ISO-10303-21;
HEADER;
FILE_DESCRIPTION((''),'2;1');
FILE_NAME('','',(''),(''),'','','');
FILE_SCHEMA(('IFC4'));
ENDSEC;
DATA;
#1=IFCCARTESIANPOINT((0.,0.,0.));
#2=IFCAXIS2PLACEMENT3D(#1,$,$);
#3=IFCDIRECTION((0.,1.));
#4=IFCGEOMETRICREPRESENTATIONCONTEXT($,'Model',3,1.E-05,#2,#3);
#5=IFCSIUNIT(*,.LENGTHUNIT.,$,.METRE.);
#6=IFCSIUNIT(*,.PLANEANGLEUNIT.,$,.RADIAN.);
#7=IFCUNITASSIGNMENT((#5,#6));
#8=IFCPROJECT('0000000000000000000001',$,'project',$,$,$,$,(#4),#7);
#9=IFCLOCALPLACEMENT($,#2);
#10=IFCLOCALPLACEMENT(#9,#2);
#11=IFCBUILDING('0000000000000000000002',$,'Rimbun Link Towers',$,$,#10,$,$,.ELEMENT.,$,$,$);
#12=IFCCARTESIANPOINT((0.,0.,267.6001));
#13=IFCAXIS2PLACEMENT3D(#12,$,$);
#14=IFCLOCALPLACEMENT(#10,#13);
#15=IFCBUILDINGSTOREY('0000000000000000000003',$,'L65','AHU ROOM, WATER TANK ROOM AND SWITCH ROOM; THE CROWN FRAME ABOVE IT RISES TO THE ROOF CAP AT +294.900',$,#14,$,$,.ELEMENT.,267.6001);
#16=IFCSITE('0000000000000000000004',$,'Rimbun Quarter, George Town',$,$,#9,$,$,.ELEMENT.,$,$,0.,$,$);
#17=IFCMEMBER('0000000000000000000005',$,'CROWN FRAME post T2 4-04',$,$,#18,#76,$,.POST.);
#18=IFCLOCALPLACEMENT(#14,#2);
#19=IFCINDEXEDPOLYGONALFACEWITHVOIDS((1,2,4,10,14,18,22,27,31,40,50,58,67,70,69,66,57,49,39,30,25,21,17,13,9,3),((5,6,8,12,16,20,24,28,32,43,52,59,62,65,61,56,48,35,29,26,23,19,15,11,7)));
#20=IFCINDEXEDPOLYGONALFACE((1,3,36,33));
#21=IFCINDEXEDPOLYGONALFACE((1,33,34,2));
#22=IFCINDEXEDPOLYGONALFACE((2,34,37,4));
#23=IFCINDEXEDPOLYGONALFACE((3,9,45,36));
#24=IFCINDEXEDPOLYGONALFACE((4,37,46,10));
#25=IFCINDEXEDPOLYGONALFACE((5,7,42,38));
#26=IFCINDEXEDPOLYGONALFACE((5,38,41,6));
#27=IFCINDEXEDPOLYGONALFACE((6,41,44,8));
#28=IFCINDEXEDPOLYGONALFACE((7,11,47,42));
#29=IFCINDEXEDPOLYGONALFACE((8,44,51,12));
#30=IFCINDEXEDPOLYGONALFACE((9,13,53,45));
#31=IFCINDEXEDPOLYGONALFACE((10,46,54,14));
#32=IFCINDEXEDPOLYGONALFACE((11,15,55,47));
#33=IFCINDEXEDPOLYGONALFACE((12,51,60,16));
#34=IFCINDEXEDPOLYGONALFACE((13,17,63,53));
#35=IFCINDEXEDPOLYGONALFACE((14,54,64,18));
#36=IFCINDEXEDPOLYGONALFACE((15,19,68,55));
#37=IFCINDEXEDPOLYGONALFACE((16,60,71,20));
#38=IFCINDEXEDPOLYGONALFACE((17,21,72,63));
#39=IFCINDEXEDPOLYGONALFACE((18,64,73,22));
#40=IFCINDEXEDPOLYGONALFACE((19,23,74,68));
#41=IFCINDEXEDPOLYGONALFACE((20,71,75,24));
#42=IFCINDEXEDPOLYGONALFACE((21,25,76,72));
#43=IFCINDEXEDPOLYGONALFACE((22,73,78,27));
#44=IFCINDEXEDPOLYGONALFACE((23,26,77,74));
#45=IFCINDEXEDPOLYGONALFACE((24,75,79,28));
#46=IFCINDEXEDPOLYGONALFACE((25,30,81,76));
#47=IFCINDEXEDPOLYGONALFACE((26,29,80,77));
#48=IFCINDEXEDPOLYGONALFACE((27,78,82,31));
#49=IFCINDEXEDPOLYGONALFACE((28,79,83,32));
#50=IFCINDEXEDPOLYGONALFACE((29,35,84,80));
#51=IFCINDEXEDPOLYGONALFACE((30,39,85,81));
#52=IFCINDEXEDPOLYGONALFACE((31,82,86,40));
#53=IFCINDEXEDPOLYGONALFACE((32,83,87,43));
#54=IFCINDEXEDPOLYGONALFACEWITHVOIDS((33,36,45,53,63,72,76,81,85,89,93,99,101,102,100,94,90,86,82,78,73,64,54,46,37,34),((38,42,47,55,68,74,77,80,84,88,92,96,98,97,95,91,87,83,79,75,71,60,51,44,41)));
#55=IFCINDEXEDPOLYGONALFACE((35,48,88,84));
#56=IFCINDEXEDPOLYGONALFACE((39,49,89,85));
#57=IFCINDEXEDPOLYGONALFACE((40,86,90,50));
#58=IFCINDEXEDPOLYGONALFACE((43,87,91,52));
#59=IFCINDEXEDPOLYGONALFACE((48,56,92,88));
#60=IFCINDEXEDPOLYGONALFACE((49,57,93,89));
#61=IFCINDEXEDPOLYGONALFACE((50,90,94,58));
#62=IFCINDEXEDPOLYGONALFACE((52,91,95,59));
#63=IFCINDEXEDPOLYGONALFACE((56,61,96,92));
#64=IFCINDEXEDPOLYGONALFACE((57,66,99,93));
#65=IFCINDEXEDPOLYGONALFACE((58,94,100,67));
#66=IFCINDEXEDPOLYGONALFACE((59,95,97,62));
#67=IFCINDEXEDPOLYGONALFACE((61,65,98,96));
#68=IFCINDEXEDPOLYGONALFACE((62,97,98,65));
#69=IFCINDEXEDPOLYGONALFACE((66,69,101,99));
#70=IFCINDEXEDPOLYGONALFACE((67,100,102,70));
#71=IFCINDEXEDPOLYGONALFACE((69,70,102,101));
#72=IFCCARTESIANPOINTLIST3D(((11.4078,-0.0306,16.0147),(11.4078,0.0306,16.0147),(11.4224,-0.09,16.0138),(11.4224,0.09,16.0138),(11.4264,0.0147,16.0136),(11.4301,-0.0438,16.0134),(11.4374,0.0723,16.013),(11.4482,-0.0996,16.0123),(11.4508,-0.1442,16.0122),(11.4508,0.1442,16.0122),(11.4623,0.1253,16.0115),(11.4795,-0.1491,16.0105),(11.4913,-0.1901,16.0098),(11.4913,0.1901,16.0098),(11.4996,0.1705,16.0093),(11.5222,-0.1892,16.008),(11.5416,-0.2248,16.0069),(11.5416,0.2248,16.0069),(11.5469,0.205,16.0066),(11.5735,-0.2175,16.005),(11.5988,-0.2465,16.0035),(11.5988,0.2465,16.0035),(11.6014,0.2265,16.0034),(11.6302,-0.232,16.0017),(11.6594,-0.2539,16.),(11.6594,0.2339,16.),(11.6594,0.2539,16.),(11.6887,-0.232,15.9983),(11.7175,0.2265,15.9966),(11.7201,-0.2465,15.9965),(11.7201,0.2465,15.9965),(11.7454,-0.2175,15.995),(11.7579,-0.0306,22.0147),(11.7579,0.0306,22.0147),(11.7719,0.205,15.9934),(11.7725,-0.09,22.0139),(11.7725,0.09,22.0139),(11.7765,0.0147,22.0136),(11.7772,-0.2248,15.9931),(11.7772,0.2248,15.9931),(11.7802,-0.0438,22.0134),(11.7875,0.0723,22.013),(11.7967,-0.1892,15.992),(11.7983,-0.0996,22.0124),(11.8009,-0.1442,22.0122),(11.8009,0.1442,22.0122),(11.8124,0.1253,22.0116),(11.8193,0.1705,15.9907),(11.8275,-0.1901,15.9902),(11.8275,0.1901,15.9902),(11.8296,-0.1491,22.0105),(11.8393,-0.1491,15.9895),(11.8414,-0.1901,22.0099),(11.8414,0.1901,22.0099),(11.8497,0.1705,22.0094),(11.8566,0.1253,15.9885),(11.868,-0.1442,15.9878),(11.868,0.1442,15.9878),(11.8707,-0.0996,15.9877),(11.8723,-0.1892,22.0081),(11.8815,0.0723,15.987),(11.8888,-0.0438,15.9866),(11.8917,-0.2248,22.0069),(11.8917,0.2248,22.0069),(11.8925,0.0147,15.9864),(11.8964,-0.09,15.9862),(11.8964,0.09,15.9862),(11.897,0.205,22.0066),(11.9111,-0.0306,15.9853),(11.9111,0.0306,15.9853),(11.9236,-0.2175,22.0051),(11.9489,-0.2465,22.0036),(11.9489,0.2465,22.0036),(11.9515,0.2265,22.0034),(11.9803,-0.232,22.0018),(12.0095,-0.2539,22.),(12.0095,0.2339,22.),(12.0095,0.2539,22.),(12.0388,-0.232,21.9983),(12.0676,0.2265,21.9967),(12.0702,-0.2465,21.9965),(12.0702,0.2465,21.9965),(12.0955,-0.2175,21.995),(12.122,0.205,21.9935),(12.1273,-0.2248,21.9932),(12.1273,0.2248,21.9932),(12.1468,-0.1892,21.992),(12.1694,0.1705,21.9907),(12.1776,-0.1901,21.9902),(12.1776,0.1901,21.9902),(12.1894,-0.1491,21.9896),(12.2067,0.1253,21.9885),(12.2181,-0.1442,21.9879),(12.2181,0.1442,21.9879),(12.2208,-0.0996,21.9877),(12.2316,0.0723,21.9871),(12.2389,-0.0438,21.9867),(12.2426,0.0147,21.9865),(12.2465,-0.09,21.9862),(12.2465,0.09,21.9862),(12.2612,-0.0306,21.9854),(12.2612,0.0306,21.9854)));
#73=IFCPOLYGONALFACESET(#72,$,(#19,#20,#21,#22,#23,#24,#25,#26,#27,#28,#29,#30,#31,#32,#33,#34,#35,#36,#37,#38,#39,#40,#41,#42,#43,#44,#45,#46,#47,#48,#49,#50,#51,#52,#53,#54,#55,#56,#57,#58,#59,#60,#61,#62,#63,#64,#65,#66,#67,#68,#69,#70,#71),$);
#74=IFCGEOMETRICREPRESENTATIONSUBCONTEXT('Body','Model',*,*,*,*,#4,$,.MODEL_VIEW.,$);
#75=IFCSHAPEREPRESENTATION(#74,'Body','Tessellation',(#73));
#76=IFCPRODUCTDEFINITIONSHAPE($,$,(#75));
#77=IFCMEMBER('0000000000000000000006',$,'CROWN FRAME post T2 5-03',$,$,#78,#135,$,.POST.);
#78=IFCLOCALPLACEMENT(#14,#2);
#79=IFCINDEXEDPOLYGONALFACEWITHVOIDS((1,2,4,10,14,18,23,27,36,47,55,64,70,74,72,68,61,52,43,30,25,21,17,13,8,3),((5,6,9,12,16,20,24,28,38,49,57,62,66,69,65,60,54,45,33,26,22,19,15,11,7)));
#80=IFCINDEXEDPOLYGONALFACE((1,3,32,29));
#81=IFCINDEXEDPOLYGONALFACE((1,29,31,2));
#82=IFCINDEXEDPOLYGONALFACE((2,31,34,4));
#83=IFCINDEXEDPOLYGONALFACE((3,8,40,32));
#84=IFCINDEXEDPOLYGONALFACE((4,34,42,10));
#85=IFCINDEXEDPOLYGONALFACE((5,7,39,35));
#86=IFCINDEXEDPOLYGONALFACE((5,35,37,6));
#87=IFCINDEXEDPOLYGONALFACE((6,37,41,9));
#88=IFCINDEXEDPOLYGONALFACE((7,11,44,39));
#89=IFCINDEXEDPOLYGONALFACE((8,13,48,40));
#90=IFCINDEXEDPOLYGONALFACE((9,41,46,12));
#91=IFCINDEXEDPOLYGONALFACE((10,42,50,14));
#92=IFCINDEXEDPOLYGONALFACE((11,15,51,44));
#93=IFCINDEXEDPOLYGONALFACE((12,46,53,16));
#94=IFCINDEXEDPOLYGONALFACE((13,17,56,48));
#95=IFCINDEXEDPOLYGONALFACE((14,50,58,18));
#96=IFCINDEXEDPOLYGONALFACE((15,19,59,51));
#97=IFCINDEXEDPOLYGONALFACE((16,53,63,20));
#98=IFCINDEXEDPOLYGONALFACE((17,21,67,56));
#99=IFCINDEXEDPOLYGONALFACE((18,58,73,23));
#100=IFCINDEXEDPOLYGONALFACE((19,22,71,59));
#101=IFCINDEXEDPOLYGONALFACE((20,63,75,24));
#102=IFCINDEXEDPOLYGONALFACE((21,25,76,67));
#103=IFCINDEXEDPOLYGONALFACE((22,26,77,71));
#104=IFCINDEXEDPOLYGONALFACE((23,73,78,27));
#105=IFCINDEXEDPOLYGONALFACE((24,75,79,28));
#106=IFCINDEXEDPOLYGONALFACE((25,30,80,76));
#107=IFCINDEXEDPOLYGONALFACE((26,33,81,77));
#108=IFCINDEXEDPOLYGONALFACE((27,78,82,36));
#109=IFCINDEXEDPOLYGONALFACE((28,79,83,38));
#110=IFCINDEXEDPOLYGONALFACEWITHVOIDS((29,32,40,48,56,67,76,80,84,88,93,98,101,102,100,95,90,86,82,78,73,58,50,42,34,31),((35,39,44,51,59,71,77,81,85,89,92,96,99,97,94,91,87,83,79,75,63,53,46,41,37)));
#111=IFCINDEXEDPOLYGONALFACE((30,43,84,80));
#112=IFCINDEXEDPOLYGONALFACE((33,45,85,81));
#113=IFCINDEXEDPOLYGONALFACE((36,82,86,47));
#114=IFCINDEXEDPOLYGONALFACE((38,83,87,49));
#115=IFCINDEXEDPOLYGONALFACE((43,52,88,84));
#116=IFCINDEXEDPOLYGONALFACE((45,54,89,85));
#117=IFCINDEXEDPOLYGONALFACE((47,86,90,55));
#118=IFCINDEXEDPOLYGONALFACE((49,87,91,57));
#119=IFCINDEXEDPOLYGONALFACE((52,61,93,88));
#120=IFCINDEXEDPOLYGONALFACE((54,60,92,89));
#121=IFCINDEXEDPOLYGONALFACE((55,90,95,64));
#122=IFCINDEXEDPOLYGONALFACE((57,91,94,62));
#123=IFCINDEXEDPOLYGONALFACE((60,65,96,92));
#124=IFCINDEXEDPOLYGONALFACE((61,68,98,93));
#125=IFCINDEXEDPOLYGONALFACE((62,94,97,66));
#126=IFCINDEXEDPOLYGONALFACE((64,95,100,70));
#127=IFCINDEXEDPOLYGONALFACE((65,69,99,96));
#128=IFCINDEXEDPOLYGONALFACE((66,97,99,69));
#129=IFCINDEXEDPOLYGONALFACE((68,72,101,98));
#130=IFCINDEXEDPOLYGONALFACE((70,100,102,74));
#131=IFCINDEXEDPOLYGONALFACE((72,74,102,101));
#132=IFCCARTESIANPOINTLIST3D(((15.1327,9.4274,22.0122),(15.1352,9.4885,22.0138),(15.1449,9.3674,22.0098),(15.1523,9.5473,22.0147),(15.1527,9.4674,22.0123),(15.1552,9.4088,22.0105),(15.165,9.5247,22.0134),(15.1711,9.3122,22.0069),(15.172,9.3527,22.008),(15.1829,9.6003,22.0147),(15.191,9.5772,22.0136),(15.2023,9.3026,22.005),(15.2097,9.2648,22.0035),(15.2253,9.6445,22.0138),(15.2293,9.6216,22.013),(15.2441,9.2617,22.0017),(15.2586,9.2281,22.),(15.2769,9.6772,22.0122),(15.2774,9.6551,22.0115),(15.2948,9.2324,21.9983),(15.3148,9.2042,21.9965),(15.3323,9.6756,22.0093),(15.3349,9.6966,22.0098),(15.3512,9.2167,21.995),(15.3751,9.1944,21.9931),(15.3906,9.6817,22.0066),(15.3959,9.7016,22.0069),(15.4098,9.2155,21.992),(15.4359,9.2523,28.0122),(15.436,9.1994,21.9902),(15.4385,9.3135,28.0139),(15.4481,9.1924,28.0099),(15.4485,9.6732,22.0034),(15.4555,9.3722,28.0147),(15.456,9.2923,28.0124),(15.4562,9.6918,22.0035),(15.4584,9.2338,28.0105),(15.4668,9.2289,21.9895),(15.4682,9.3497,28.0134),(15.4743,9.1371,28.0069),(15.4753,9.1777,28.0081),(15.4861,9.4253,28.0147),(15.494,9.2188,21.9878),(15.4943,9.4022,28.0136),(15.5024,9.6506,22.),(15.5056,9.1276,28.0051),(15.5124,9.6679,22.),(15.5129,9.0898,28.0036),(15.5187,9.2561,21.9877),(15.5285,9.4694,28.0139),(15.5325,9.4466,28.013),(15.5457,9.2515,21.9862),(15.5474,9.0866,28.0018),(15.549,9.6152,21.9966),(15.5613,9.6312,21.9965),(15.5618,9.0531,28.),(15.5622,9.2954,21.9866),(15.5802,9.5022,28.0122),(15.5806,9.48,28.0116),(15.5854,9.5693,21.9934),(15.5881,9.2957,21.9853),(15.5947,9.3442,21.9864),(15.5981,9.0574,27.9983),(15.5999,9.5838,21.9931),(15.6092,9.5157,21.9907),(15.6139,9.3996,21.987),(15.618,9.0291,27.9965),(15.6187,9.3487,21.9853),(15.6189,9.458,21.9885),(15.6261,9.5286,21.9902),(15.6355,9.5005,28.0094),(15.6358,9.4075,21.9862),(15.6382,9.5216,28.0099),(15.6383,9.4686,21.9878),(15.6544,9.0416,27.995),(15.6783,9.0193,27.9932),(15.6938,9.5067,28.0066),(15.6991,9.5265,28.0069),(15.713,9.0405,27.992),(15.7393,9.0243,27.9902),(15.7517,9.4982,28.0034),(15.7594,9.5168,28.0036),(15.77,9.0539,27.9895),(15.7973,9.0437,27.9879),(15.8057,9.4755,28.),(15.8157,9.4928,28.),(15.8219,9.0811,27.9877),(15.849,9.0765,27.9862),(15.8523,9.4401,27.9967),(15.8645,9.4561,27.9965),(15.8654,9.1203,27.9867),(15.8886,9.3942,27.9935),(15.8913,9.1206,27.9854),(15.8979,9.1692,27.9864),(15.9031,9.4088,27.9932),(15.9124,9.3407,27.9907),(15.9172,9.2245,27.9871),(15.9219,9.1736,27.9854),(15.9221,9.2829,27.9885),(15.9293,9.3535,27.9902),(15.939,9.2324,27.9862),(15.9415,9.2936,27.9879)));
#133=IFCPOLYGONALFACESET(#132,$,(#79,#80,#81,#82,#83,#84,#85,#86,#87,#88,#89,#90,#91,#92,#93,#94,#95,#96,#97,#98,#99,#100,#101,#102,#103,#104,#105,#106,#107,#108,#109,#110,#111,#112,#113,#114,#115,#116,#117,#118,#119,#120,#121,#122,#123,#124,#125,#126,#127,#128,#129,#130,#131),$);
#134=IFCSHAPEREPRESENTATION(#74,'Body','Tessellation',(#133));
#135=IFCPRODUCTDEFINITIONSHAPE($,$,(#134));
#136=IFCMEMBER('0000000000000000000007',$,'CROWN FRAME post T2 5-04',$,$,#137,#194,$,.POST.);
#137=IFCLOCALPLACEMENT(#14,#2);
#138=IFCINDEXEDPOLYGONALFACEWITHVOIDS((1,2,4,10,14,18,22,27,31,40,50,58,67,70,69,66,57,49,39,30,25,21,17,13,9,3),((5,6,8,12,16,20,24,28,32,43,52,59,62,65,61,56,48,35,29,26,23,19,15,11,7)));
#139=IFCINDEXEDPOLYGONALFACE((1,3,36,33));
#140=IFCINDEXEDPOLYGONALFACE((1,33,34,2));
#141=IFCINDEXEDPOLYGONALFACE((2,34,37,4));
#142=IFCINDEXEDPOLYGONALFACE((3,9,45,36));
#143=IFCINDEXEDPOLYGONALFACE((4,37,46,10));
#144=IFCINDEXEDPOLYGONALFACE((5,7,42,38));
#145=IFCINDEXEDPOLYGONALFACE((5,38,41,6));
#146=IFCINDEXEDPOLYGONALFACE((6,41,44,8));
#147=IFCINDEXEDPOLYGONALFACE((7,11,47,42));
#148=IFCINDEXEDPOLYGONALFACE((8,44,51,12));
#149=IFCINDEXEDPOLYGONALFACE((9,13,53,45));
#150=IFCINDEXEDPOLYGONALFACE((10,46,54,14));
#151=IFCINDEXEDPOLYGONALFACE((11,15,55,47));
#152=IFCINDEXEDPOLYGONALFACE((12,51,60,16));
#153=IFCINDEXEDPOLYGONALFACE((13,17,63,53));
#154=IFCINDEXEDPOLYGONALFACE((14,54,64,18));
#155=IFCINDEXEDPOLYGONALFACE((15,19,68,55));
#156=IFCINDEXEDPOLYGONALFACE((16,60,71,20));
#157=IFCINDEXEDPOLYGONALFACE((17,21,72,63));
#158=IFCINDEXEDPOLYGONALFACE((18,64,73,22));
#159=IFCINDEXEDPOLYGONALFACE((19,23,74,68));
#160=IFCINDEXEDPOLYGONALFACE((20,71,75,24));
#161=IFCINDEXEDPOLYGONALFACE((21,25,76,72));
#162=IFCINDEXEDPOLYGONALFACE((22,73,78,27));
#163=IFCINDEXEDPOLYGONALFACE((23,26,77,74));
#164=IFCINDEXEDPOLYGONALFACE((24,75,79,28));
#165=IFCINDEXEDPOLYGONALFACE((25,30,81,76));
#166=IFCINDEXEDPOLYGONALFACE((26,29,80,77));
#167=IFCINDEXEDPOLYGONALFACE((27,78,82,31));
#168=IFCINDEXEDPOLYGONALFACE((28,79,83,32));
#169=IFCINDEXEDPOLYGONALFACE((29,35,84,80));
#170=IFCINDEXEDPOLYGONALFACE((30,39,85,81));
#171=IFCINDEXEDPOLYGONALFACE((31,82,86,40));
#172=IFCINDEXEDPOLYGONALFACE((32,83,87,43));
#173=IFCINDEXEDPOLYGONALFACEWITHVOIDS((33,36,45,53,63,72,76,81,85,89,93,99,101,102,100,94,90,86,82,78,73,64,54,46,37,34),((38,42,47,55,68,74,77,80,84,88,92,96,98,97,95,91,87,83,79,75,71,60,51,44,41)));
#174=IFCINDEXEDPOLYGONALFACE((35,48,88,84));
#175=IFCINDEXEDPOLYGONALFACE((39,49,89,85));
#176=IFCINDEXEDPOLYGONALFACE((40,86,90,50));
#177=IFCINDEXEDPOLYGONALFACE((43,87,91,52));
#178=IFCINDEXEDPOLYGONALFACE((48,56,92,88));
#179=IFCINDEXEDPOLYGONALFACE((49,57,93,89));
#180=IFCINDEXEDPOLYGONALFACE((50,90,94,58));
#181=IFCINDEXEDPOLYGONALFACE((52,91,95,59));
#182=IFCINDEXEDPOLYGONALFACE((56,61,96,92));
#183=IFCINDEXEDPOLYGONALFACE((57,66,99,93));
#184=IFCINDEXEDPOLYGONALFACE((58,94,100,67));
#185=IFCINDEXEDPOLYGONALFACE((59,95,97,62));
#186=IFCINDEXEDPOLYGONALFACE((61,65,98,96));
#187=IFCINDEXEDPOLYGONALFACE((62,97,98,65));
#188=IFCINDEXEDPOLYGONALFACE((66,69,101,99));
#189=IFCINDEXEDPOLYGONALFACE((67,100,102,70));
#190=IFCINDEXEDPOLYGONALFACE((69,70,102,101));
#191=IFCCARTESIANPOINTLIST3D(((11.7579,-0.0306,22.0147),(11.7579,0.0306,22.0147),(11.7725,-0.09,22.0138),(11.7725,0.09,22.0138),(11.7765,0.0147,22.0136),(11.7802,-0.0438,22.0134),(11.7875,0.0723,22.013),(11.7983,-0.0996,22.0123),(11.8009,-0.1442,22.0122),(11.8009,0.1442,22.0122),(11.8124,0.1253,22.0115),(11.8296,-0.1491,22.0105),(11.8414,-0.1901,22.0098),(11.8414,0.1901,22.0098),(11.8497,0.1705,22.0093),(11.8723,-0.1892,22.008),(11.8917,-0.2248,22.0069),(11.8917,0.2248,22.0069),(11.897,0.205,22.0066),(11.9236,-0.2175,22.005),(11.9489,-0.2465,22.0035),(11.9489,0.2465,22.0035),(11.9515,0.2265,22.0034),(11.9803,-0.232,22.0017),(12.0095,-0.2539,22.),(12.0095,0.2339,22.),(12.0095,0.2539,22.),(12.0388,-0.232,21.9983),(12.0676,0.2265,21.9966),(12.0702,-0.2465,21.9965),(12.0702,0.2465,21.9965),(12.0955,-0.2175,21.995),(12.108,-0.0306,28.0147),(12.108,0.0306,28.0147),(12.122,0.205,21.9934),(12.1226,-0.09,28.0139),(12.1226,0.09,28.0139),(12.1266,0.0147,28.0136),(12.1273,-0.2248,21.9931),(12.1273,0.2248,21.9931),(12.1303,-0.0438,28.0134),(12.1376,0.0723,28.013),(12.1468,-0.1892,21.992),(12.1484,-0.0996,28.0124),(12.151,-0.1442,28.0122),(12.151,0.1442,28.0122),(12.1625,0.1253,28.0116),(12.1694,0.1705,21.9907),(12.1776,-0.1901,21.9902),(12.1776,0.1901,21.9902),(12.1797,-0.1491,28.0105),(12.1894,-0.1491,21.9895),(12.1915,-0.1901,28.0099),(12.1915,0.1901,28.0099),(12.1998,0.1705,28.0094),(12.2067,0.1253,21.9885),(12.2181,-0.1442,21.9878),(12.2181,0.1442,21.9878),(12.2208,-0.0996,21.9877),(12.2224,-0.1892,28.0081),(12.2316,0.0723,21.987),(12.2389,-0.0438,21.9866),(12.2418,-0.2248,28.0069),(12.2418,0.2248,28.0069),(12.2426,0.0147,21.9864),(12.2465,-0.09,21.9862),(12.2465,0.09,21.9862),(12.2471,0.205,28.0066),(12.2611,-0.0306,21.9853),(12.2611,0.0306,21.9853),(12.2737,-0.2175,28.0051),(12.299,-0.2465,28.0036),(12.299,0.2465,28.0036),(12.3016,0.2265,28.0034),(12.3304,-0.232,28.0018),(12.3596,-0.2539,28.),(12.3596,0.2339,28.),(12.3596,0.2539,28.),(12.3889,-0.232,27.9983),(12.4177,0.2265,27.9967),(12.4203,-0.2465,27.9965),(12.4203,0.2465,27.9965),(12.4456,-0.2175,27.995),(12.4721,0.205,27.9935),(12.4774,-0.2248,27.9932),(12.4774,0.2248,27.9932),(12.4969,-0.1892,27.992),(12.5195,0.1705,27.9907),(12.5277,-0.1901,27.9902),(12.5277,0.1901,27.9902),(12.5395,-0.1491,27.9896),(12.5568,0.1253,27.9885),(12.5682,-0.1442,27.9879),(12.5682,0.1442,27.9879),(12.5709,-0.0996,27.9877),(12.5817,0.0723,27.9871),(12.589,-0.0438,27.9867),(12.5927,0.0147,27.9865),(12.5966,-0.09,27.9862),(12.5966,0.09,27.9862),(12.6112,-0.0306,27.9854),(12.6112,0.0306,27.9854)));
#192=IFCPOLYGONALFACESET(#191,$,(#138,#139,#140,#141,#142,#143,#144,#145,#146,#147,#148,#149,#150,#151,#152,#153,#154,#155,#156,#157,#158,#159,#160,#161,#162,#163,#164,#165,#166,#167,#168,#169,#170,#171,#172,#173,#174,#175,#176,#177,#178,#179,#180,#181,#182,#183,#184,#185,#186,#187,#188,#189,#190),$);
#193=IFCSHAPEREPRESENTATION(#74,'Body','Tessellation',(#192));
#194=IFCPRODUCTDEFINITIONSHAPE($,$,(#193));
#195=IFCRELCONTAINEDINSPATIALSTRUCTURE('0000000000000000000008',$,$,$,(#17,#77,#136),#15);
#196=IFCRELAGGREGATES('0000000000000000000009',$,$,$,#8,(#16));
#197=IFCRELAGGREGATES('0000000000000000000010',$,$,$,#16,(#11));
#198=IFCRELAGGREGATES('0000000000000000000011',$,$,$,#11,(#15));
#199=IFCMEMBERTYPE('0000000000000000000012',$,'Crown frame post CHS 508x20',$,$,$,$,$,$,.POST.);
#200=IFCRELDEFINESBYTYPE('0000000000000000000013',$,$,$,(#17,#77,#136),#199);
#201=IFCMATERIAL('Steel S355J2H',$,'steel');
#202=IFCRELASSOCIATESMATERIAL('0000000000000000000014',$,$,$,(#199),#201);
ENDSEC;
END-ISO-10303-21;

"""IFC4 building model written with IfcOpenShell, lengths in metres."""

from ifc_helpers import new_model, si_unit, direction, frame, origin, origin_2d, place, context, subcontext, project, spatial, hollow_circle, extrude, material, material_profile, profile_set, type_object, element, save


model = new_model("IFC4")

# Units and contexts
model_context = context("Model", 3, precision=1e-05, world=origin(), true_north=direction((0.0, 1.0)))
body_context = subcontext(model_context, "Body", "Model", "MODEL_VIEW")
ifc_project = project(units=[si_unit("LENGTHUNIT", "METRE"), si_unit("PLANEANGLEUNIT", "RADIAN")], contexts=[model_context])

# Site, building, storey
site_placement = place(None, origin())
site = spatial("IfcSite", under=ifc_project, at=site_placement, Name="Rimbun Quarter, George Town", CompositionType="ELEMENT", RefElevation=0.0)
building_placement = place(site_placement, origin())
building = spatial("IfcBuilding", under=site, at=building_placement, Name="Rimbun Link Towers", CompositionType="ELEMENT")
storey_placement = place(building_placement, frame((0.0, 0.0, 267.6001)))
storey = spatial("IfcBuildingStorey", under=building, at=storey_placement, Name="L65", Description="AHU ROOM, WATER TANK ROOM AND SWITCH ROOM; THE CROWN FRAME ABOVE IT RISES TO THE ROOF CAP AT +294.900", CompositionType="ELEMENT", Elevation=267.6001)

# Members
ifc_material_1 = material(Name="Steel S355J2H", Category="steel")
ifc_material_profile_1 = material_profile(ifc_material_1, hollow_circle(Radius=0.2539, WallThickness=0.02, at=origin_2d()), Name="Crown frame post CHS 508x20")
ifc_profile_set_1 = profile_set([ifc_material_profile_1], Name="Steel S355J2H")
member_type_1 = type_object("IfcMemberType", Name="Crown frame post CHS 508x20", PredefinedType="POST", material=ifc_profile_set_1)
for number, where, z_axis, x_axis, name in (
    (1, (11.6594, 0.0, 16.0), (0.058251, 0.0, 0.998302), (0.0, 1.0, 0.0), "CROWN FRAME post T2 4-04"),
    (2, (15.3855, 9.448, 22.0), (0.050451, -0.029125, 0.998302), (0.499964, 0.866046, 0.0), "CROWN FRAME post T2 5-03"),
    (3, (12.0095, 0.0, 22.0), (0.058251, 0.0, 0.998302), (0.0, 1.0, 0.0), "CROWN FRAME post T2 5-04"),
):
    element("IfcMember", number, at=place(storey_placement, frame(where, z_axis=z_axis, x_axis=x_axis)), inside=storey, type_object=member_type_1, Name=name, PredefinedType="POST", context=body_context, shape_type="SweptSolid", body=[
        extrude(hollow_circle(Radius=0.2539, WallThickness=0.02, at=origin_2d()), origin(), (0.0, 0.0, 1.0), 6.0103),
    ])

save(model, "model.ifc")
